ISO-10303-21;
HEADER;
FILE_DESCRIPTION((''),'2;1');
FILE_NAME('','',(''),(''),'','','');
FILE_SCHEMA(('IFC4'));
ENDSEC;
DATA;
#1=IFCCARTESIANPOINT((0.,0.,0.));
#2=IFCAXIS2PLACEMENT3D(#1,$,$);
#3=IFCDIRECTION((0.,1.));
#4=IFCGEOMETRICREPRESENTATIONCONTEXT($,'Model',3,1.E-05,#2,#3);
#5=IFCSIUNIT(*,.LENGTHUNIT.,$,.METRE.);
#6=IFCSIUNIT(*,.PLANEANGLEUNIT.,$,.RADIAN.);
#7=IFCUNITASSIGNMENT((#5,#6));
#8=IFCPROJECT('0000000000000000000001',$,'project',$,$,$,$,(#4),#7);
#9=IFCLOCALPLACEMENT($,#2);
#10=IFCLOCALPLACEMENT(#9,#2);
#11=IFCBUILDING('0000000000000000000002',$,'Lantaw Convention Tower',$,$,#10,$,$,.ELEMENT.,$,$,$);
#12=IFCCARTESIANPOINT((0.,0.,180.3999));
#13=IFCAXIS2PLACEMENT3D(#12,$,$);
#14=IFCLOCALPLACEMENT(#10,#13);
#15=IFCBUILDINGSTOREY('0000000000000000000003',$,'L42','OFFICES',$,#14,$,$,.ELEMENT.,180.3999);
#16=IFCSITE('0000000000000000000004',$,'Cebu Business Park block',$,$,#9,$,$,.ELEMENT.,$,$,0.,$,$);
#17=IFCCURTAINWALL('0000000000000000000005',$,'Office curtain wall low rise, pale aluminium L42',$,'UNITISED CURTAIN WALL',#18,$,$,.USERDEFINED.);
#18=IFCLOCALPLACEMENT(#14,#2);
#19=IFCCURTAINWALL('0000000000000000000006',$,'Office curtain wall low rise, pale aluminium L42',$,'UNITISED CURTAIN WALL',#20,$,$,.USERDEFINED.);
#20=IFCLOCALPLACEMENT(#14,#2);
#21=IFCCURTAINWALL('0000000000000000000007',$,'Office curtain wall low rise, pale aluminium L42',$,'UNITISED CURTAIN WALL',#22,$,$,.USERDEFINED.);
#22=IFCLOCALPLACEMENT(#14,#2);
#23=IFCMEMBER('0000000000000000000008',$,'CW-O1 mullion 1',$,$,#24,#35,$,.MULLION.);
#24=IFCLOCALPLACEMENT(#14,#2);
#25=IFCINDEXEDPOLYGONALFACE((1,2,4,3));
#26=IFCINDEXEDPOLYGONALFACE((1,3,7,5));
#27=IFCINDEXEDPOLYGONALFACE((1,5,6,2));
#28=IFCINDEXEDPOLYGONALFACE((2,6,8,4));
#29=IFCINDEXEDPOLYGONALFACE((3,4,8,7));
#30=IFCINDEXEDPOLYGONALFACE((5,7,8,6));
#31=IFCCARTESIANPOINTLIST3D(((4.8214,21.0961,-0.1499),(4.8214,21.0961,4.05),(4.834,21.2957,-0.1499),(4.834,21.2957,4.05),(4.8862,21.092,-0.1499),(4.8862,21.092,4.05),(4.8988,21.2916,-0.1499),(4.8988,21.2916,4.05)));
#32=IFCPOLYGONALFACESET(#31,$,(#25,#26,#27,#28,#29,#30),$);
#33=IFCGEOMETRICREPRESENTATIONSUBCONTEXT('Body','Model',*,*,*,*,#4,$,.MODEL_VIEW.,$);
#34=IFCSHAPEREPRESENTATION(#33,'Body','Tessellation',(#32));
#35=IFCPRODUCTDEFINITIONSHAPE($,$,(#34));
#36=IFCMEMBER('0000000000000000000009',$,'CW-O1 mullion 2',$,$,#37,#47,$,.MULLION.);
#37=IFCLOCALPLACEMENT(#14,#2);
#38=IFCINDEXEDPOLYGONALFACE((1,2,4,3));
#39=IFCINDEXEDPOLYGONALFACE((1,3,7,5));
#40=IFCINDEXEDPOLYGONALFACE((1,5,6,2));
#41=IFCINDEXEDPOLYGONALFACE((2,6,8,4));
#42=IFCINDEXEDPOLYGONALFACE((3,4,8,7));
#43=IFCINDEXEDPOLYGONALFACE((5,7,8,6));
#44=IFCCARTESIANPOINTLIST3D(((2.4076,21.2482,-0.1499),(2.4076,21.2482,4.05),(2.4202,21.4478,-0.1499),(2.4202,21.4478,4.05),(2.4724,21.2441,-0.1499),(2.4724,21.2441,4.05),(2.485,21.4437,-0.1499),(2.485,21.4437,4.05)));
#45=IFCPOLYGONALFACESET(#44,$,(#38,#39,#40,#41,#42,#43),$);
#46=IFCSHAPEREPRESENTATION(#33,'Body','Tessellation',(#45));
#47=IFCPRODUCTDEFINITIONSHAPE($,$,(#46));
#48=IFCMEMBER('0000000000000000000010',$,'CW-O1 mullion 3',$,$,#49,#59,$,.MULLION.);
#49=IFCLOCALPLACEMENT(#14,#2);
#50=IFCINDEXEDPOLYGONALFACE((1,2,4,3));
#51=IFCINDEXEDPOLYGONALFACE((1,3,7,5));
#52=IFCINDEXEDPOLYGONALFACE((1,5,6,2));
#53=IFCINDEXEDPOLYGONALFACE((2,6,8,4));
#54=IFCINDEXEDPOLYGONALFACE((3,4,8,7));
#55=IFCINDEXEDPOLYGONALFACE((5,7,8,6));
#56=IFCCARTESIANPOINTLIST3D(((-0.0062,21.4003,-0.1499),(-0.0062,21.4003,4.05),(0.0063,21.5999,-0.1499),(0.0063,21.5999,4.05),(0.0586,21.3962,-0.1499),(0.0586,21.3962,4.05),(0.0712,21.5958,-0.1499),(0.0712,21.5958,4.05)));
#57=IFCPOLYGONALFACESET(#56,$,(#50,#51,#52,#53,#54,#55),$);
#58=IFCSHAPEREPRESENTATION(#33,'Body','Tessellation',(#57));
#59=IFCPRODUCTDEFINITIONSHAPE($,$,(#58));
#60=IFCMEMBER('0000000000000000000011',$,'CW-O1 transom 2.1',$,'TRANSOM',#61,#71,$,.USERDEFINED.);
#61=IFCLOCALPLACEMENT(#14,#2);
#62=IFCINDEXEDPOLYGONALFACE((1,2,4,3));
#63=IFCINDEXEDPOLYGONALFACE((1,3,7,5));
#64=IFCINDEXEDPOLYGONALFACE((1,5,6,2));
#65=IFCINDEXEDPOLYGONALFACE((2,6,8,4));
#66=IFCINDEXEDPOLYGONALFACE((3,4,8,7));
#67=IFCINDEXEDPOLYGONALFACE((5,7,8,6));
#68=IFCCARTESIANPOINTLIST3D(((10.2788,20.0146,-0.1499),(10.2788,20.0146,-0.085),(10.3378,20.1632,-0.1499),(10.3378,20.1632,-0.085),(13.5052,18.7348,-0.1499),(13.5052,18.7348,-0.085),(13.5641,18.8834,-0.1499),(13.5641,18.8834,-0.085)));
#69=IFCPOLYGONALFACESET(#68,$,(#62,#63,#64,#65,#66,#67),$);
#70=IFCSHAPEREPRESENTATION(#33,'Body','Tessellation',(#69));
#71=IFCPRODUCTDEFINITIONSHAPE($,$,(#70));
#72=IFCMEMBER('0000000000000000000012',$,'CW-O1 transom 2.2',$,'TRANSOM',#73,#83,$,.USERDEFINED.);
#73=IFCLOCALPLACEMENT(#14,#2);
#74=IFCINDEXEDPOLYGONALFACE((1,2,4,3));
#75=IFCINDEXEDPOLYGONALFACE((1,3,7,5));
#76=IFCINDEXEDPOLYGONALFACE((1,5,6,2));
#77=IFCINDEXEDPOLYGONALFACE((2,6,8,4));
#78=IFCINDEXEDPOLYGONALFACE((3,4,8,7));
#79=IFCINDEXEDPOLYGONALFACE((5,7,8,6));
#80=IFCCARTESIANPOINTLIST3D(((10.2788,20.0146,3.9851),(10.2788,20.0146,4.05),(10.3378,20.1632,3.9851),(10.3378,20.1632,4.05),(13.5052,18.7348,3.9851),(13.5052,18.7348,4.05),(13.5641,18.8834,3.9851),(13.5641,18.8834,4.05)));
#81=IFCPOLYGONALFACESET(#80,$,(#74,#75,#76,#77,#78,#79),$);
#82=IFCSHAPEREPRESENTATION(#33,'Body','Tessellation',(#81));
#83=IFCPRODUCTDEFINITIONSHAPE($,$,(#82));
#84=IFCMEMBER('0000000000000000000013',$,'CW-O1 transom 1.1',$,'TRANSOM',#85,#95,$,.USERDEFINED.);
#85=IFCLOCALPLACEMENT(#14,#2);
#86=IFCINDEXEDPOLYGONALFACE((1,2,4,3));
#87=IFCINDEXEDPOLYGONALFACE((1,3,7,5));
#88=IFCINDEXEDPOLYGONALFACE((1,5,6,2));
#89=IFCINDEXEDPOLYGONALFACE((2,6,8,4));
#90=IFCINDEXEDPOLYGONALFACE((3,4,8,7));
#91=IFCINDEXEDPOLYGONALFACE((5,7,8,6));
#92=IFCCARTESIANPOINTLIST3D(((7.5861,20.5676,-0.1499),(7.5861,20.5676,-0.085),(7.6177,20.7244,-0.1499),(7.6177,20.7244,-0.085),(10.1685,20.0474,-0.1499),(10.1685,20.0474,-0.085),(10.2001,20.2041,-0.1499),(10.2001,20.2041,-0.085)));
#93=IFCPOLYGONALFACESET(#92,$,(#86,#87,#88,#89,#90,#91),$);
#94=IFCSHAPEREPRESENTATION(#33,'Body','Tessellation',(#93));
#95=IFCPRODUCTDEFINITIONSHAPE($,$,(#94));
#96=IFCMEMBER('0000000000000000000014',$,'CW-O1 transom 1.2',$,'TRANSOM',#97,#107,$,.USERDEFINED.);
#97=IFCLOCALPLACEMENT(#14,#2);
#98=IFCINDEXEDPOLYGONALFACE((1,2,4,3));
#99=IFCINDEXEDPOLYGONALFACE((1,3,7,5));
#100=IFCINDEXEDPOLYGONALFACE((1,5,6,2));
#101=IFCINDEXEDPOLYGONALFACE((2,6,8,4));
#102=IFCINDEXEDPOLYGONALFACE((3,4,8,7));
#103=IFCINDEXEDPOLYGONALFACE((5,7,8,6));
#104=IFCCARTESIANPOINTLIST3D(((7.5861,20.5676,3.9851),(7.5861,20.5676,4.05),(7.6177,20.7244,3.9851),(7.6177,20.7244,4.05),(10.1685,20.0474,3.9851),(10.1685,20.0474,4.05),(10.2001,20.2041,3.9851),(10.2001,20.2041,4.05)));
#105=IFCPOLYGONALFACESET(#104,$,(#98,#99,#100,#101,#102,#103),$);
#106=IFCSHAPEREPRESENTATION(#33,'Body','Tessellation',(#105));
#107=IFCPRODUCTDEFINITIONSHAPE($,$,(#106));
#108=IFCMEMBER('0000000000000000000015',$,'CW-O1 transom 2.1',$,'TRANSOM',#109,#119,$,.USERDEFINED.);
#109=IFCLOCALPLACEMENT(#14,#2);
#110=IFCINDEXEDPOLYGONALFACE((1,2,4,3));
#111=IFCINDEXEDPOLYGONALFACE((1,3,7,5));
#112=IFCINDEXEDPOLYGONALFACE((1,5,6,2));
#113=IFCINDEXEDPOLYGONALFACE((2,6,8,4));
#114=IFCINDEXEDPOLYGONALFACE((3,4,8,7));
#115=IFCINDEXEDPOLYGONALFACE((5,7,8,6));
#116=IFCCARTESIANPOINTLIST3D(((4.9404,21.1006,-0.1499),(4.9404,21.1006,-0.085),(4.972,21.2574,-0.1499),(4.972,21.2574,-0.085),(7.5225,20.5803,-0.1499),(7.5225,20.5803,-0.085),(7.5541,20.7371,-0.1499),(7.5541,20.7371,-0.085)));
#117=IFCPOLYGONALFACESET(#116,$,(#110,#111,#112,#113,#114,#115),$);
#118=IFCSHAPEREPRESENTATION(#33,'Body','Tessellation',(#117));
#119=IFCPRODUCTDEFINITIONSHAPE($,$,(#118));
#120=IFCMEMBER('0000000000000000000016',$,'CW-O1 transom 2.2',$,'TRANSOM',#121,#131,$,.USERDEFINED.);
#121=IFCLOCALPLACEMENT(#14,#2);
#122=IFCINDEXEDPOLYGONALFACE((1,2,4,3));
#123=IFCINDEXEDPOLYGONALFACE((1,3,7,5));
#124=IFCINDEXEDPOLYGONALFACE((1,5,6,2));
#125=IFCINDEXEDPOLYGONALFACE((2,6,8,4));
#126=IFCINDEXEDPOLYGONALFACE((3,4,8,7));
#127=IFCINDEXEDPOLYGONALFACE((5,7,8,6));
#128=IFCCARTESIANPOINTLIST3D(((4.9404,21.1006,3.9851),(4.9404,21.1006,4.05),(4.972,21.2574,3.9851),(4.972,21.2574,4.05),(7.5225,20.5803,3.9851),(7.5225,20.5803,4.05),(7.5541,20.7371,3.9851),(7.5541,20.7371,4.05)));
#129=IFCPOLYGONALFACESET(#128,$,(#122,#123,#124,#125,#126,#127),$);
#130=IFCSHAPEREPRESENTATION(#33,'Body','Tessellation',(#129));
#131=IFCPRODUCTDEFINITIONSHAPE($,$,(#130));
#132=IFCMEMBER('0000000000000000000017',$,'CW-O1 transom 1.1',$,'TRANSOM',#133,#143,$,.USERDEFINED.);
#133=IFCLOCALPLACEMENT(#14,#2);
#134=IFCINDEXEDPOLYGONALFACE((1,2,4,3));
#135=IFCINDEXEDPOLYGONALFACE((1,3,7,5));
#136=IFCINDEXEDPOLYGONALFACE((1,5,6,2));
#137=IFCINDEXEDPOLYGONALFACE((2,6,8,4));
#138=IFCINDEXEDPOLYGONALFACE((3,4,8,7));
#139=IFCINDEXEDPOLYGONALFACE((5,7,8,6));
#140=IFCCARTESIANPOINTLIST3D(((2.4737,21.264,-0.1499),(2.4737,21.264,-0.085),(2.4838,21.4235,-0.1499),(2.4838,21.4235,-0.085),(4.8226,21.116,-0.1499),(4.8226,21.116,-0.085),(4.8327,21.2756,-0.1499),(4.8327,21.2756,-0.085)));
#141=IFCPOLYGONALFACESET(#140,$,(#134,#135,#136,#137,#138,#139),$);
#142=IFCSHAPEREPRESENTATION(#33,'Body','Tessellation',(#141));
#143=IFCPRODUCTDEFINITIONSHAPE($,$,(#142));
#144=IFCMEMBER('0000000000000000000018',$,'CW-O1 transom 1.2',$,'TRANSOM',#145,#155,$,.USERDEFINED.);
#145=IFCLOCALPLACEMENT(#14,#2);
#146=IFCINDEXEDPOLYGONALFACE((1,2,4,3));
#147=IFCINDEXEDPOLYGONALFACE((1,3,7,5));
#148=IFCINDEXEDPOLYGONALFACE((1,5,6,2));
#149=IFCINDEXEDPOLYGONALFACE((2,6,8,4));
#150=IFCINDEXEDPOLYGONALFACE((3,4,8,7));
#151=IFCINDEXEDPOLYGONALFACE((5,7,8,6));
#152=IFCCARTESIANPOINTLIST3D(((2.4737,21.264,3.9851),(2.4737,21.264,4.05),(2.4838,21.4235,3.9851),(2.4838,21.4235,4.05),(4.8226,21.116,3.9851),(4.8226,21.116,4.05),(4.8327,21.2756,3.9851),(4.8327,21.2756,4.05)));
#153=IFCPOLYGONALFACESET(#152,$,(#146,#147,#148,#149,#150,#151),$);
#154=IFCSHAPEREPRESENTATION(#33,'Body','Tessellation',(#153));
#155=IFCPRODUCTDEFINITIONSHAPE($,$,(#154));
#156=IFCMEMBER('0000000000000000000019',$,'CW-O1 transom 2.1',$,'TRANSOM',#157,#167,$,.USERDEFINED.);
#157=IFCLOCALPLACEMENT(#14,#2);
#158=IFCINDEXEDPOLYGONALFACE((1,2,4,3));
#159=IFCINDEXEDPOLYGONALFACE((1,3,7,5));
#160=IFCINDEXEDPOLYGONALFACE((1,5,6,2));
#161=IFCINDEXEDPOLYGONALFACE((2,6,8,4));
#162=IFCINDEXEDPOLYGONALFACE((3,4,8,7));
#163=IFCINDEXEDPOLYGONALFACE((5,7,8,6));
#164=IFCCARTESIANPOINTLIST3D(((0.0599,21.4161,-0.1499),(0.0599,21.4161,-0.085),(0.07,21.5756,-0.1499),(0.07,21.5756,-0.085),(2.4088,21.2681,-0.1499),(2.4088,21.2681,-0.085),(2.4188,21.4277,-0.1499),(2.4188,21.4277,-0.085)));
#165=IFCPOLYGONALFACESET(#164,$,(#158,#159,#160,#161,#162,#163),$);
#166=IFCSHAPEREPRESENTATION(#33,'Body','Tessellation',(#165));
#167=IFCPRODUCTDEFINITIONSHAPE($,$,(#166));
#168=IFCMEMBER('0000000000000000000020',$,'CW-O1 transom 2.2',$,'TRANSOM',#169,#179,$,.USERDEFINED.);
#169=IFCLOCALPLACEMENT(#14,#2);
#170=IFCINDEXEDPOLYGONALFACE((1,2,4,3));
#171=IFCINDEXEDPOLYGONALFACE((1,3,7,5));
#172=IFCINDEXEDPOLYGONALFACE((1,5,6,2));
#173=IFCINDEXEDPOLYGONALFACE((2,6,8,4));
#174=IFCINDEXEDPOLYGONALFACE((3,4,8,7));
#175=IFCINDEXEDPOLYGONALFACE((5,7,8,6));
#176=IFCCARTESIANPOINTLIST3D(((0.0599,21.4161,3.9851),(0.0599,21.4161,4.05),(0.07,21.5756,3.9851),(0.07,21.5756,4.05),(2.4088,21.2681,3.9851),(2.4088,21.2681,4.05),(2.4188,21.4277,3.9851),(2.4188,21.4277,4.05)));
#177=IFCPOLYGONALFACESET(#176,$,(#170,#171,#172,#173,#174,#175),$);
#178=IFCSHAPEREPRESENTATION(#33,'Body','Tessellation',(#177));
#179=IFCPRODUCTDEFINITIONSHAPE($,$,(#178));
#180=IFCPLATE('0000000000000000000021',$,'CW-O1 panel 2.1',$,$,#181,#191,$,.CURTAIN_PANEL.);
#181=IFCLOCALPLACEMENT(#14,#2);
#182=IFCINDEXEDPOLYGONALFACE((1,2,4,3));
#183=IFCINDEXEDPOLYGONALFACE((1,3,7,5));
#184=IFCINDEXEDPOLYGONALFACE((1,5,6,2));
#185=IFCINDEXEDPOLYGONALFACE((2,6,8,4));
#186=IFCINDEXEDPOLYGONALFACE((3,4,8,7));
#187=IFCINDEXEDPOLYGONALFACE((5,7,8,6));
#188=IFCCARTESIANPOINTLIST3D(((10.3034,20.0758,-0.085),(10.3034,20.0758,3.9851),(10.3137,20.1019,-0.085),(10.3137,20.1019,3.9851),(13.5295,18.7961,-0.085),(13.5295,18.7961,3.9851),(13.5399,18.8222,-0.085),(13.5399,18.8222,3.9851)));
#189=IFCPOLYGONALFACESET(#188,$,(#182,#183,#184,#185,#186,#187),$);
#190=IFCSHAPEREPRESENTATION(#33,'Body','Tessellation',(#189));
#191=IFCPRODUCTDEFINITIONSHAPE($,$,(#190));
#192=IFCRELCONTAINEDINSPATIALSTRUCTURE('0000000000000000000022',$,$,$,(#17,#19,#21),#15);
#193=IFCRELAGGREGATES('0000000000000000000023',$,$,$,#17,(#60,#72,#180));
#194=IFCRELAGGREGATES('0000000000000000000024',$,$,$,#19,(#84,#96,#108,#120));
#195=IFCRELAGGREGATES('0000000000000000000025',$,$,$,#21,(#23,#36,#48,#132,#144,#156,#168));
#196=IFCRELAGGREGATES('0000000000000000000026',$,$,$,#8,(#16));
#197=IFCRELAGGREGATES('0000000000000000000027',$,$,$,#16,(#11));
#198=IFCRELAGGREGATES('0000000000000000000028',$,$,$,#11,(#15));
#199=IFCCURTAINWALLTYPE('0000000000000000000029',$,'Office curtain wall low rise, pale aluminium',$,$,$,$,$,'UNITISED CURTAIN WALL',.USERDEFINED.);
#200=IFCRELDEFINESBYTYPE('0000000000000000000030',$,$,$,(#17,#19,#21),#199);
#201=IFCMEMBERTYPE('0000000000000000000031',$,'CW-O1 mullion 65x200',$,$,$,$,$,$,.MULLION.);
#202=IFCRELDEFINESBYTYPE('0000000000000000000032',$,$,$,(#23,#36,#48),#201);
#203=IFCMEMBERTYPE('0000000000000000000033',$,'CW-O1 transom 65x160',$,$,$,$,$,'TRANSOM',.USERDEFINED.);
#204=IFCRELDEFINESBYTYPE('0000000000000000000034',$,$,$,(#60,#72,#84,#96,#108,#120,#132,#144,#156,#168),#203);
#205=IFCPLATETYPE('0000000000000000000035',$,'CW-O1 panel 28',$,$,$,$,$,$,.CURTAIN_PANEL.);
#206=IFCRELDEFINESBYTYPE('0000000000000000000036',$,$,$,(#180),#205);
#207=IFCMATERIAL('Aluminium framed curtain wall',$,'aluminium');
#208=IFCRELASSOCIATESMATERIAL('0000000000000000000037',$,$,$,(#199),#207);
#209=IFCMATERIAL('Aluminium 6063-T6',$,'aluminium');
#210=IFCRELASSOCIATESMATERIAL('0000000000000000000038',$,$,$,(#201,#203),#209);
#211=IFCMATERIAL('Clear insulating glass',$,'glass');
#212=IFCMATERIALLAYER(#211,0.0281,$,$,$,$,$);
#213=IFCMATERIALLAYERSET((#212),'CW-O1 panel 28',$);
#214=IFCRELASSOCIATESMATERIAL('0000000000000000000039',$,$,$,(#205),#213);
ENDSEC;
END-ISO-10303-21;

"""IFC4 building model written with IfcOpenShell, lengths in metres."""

from ifc_helpers import new_model, si_unit, direction, frame, origin, origin_2d, place, context, subcontext, project, spatial, rectangle, extrude, material, layer, layer_set, material_profile, profile_set, type_object, element, aggregate, save


model = new_model("IFC4")

# Units and contexts
model_context = context("Model", 3, precision=1e-05, world=origin(), true_north=direction((0.0, 1.0)))
body_context = subcontext(model_context, "Body", "Model", "MODEL_VIEW")
ifc_project = project(units=[si_unit("LENGTHUNIT", "METRE"), si_unit("PLANEANGLEUNIT", "RADIAN")], contexts=[model_context])

# Site, building, storey
site_placement = place(None, origin())
site = spatial("IfcSite", under=ifc_project, at=site_placement, Name="Cebu Business Park block", CompositionType="ELEMENT", RefElevation=0.0)
building_placement = place(site_placement, origin())
building = spatial("IfcBuilding", under=site, at=building_placement, Name="Lantaw Convention Tower", CompositionType="ELEMENT")
storey_placement = place(building_placement, frame((0.0, 0.0, 180.3999)))
storey = spatial("IfcBuildingStorey", under=building, at=storey_placement, Name="L42", Description="OFFICES", CompositionType="ELEMENT", Elevation=180.3999)

# Curtain wall
ifc_material_1 = material(Name="Aluminium framed curtain wall", Category="aluminium")
curtain_wall_type = type_object("IfcCurtainWallType", Name="Office curtain wall low rise, pale aluminium", ElementType="UNITISED CURTAIN WALL", PredefinedType="USERDEFINED", material=ifc_material_1)
curtain_wall_1_placement = place(storey_placement, origin())
curtain_wall_1 = element("IfcCurtainWall", 1, at=curtain_wall_1_placement, inside=storey, type_object=curtain_wall_type, Name="Office curtain wall low rise, pale aluminium L42", ObjectType="UNITISED CURTAIN WALL", PredefinedType="USERDEFINED")
ifc_material_2 = material(Name="Aluminium 6063-T6", Category="aluminium")
ifc_material_profile_1 = material_profile(ifc_material_2, rectangle(XDim=0.2, YDim=0.0649, at=origin_2d()), Name="CW-O1 mullion 65x200")
ifc_profile_set_1 = profile_set([ifc_material_profile_1], Name="Aluminium 6063-T6")
member_type_1 = type_object("IfcMemberType", Name="CW-O1 mullion 65x200", PredefinedType="MULLION", material=ifc_profile_set_1)

# Curtain walls, members
curtain_wall_2_placement = place(storey_placement, origin())
curtain_wall_2 = element("IfcCurtainWall", 2, at=curtain_wall_2_placement, inside=storey, type_object=curtain_wall_type, Name="Office curtain wall low rise, pale aluminium L42", ObjectType="UNITISED CURTAIN WALL", PredefinedType="USERDEFINED")
curtain_wall_3_placement = place(storey_placement, origin())
curtain_wall_3 = element("IfcCurtainWall", 3, at=curtain_wall_3_placement, inside=storey, type_object=curtain_wall_type, Name="Office curtain wall low rise, pale aluminium L42", ObjectType="UNITISED CURTAIN WALL", PredefinedType="USERDEFINED")
member_1_placement = place(storey_placement, frame((4.8601, 21.1938, -0.1499), z_axis=(0.0, 0.0, 1.0), x_axis=(-0.062865, -0.998022, 0.0)))
member_1 = element("IfcMember", 4, at=member_1_placement, type_object=member_type_1, Name="CW-O1 mullion 1", PredefinedType="MULLION", context=body_context, shape_type="SweptSolid", body=[
    extrude(rectangle(XDim=0.2, YDim=0.0649, at=origin_2d()), origin(), (0.0, 0.0, 1.0), 4.2),
])
member_2_placement = place(storey_placement, frame((2.4463, 21.3459, -0.1499), z_axis=(0.0, 0.0, 1.0), x_axis=(-0.062865, -0.998022, 0.0)))
member_2 = element("IfcMember", 5, at=member_2_placement, type_object=member_type_1, Name="CW-O1 mullion 2", PredefinedType="MULLION", context=body_context, shape_type="SweptSolid", body=[
    extrude(rectangle(XDim=0.2, YDim=0.0649, at=origin_2d()), origin(), (0.0, 0.0, 1.0), 4.2),
])
member_3_placement = place(storey_placement, frame((0.0325, 21.498, -0.1499), z_axis=(0.0, 0.0, 1.0), x_axis=(-0.062865, -0.998022, 0.0)))
member_3 = element("IfcMember", 6, at=member_3_placement, type_object=member_type_1, Name="CW-O1 mullion 3", PredefinedType="MULLION", context=body_context, shape_type="SweptSolid", body=[
    extrude(rectangle(XDim=0.2, YDim=0.0649, at=origin_2d()), origin(), (0.0, 0.0, 1.0), 4.2),
])

# Members
ifc_material_profile_2 = material_profile(ifc_material_2, rectangle(XDim=0.1599, YDim=0.0649, at=origin_2d()), Name="CW-O1 transom 65x160")
ifc_profile_set_2 = profile_set([ifc_material_profile_2], Name="Aluminium 6063-T6")
member_type_2 = type_object("IfcMemberType", Name="CW-O1 transom 65x160", ElementType="TRANSOM", PredefinedType="USERDEFINED", material=ifc_profile_set_2)
member_4_placement = place(storey_placement, frame((13.5347, 18.8091, -0.1174), z_axis=(-0.92954, 0.368721, 0.0), x_axis=(-0.368721, -0.92954, 0.0)))
member_4 = element("IfcMember", 7, at=member_4_placement, type_object=member_type_2, Name="CW-O1 transom 2.1", ObjectType="TRANSOM", PredefinedType="USERDEFINED", context=body_context, shape_type="SweptSolid", body=[
    extrude(rectangle(XDim=0.1599, YDim=0.0649, at=origin_2d()), origin(), (0.0, 0.0, 1.0), 3.4709),
])
member_5_placement = place(storey_placement, frame((13.5347, 18.8091, 4.0176), z_axis=(-0.92954, 0.368721, 0.0), x_axis=(-0.368721, -0.92954, 0.0)))
member_5 = element("IfcMember", 8, at=member_5_placement, type_object=member_type_2, Name="CW-O1 transom 2.2", ObjectType="TRANSOM", PredefinedType="USERDEFINED", context=body_context, shape_type="SweptSolid", body=[
    extrude(rectangle(XDim=0.1599, YDim=0.0649, at=origin_2d()), origin(), (0.0, 0.0, 1.0), 3.4709),
])
member_6_placement = place(storey_placement, frame((10.1843, 20.1257, -0.1174), z_axis=(-0.980302, 0.197506, 0.0), x_axis=(-0.197506, -0.980302, 0.0)))
member_6 = element("IfcMember", 9, at=member_6_placement, type_object=member_type_2, Name="CW-O1 transom 1.1", ObjectType="TRANSOM", PredefinedType="USERDEFINED", context=body_context, shape_type="SweptSolid", body=[
    extrude(rectangle(XDim=0.1599, YDim=0.0649, at=origin_2d()), origin(), (0.0, 0.0, 1.0), 2.6343),
])
member_7_placement = place(storey_placement, frame((10.1843, 20.1257, 4.0176), z_axis=(-0.980302, 0.197506, 0.0), x_axis=(-0.197506, -0.980302, 0.0)))
member_7 = element("IfcMember", 10, at=member_7_placement, type_object=member_type_2, Name="CW-O1 transom 1.2", ObjectType="TRANSOM", PredefinedType="USERDEFINED", context=body_context, shape_type="SweptSolid", body=[
    extrude(rectangle(XDim=0.1599, YDim=0.0649, at=origin_2d()), origin(), (0.0, 0.0, 1.0), 2.6343),
])
member_8_placement = place(storey_placement, frame((7.5383, 20.6587, -0.1174), z_axis=(-0.980298, 0.197524, 0.0), x_axis=(-0.197524, -0.980298, 0.0)))
member_8 = element("IfcMember", 11, at=member_8_placement, type_object=member_type_2, Name="CW-O1 transom 2.1", ObjectType="TRANSOM", PredefinedType="USERDEFINED", context=body_context, shape_type="SweptSolid", body=[
    extrude(rectangle(XDim=0.1599, YDim=0.0649, at=origin_2d()), origin(), (0.0, 0.0, 1.0), 2.634),
])
member_9_placement = place(storey_placement, frame((7.5383, 20.6587, 4.0176), z_axis=(-0.980298, 0.197524, 0.0), x_axis=(-0.197524, -0.980298, 0.0)))
member_9 = element("IfcMember", 12, at=member_9_placement, type_object=member_type_2, Name="CW-O1 transom 2.2", ObjectType="TRANSOM", PredefinedType="USERDEFINED", context=body_context, shape_type="SweptSolid", body=[
    extrude(rectangle(XDim=0.1599, YDim=0.0649, at=origin_2d()), origin(), (0.0, 0.0, 1.0), 2.634),
])
member_10_placement = place(storey_placement, frame((4.8276, 21.1958, -0.1174), z_axis=(-0.998022, 0.062863, 0.0), x_axis=(-0.062863, -0.998022, 0.0)))
member_10 = element("IfcMember", 13, at=member_10_placement, type_object=member_type_2, Name="CW-O1 transom 1.1", ObjectType="TRANSOM", PredefinedType="USERDEFINED", context=body_context, shape_type="SweptSolid", body=[
    extrude(rectangle(XDim=0.1599, YDim=0.0649, at=origin_2d()), origin(), (0.0, 0.0, 1.0), 2.3535),
])
member_11_placement = place(storey_placement, frame((4.8276, 21.1958, 4.0176), z_axis=(-0.998022, 0.062863, 0.0), x_axis=(-0.062863, -0.998022, 0.0)))
member_11 = element("IfcMember", 14, at=member_11_placement, type_object=member_type_2, Name="CW-O1 transom 1.2", ObjectType="TRANSOM", PredefinedType="USERDEFINED", context=body_context, shape_type="SweptSolid", body=[
    extrude(rectangle(XDim=0.1599, YDim=0.0649, at=origin_2d()), origin(), (0.0, 0.0, 1.0), 2.3535),
])
member_12_placement = place(storey_placement, frame((2.4138, 21.3479, -0.1174), z_axis=(-0.998022, 0.062863, 0.0), x_axis=(-0.062863, -0.998022, 0.0)))
member_12 = element("IfcMember", 15, at=member_12_placement, type_object=member_type_2, Name="CW-O1 transom 2.1", ObjectType="TRANSOM", PredefinedType="USERDEFINED", context=body_context, shape_type="SweptSolid", body=[
    extrude(rectangle(XDim=0.1599, YDim=0.0649, at=origin_2d()), origin(), (0.0, 0.0, 1.0), 2.3535),
])
member_13_placement = place(storey_placement, frame((2.4138, 21.3479, 4.0176), z_axis=(-0.998022, 0.062863, 0.0), x_axis=(-0.062863, -0.998022, 0.0)))
member_13 = element("IfcMember", 16, at=member_13_placement, type_object=member_type_2, Name="CW-O1 transom 2.2", ObjectType="TRANSOM", PredefinedType="USERDEFINED", context=body_context, shape_type="SweptSolid", body=[
    extrude(rectangle(XDim=0.1599, YDim=0.0649, at=origin_2d()), origin(), (0.0, 0.0, 1.0), 2.3535),
])

# Plate
ifc_material_3 = material(Name="Clear insulating glass", Category="glass")
ifc_layer_1 = layer(ifc_material_3, 0.0281)
ifc_layer_set_1 = layer_set([ifc_layer_1], Name="CW-O1 panel 28")
plate_type_1 = type_object("IfcPlateType", Name="CW-O1 panel 28", PredefinedType="CURTAIN_PANEL", material=ifc_layer_set_1)
plate_1_placement = place(storey_placement, frame((11.9216, 19.449, -0.085), z_axis=(0.0, 0.0, 1.0), x_axis=(-0.929548, 0.368702, 0.0)))
plate_1 = element("IfcPlate", 17, at=plate_1_placement, type_object=plate_type_1, Name="CW-O1 panel 2.1", PredefinedType="CURTAIN_PANEL", context=body_context, shape_type="SweptSolid", body=[
    extrude(rectangle(XDim=3.4707, YDim=0.0281, at=origin_2d()), origin(), (0.0, 0.0, 1.0), 4.0701),
])
aggregate(curtain_wall_1, [member_4, member_5, plate_1])
aggregate(curtain_wall_2, [member_6, member_7, member_8, member_9])
aggregate(curtain_wall_3, [member_1, member_2, member_3, member_10, member_11, member_12, member_13])

save(model, "model.ifc")
